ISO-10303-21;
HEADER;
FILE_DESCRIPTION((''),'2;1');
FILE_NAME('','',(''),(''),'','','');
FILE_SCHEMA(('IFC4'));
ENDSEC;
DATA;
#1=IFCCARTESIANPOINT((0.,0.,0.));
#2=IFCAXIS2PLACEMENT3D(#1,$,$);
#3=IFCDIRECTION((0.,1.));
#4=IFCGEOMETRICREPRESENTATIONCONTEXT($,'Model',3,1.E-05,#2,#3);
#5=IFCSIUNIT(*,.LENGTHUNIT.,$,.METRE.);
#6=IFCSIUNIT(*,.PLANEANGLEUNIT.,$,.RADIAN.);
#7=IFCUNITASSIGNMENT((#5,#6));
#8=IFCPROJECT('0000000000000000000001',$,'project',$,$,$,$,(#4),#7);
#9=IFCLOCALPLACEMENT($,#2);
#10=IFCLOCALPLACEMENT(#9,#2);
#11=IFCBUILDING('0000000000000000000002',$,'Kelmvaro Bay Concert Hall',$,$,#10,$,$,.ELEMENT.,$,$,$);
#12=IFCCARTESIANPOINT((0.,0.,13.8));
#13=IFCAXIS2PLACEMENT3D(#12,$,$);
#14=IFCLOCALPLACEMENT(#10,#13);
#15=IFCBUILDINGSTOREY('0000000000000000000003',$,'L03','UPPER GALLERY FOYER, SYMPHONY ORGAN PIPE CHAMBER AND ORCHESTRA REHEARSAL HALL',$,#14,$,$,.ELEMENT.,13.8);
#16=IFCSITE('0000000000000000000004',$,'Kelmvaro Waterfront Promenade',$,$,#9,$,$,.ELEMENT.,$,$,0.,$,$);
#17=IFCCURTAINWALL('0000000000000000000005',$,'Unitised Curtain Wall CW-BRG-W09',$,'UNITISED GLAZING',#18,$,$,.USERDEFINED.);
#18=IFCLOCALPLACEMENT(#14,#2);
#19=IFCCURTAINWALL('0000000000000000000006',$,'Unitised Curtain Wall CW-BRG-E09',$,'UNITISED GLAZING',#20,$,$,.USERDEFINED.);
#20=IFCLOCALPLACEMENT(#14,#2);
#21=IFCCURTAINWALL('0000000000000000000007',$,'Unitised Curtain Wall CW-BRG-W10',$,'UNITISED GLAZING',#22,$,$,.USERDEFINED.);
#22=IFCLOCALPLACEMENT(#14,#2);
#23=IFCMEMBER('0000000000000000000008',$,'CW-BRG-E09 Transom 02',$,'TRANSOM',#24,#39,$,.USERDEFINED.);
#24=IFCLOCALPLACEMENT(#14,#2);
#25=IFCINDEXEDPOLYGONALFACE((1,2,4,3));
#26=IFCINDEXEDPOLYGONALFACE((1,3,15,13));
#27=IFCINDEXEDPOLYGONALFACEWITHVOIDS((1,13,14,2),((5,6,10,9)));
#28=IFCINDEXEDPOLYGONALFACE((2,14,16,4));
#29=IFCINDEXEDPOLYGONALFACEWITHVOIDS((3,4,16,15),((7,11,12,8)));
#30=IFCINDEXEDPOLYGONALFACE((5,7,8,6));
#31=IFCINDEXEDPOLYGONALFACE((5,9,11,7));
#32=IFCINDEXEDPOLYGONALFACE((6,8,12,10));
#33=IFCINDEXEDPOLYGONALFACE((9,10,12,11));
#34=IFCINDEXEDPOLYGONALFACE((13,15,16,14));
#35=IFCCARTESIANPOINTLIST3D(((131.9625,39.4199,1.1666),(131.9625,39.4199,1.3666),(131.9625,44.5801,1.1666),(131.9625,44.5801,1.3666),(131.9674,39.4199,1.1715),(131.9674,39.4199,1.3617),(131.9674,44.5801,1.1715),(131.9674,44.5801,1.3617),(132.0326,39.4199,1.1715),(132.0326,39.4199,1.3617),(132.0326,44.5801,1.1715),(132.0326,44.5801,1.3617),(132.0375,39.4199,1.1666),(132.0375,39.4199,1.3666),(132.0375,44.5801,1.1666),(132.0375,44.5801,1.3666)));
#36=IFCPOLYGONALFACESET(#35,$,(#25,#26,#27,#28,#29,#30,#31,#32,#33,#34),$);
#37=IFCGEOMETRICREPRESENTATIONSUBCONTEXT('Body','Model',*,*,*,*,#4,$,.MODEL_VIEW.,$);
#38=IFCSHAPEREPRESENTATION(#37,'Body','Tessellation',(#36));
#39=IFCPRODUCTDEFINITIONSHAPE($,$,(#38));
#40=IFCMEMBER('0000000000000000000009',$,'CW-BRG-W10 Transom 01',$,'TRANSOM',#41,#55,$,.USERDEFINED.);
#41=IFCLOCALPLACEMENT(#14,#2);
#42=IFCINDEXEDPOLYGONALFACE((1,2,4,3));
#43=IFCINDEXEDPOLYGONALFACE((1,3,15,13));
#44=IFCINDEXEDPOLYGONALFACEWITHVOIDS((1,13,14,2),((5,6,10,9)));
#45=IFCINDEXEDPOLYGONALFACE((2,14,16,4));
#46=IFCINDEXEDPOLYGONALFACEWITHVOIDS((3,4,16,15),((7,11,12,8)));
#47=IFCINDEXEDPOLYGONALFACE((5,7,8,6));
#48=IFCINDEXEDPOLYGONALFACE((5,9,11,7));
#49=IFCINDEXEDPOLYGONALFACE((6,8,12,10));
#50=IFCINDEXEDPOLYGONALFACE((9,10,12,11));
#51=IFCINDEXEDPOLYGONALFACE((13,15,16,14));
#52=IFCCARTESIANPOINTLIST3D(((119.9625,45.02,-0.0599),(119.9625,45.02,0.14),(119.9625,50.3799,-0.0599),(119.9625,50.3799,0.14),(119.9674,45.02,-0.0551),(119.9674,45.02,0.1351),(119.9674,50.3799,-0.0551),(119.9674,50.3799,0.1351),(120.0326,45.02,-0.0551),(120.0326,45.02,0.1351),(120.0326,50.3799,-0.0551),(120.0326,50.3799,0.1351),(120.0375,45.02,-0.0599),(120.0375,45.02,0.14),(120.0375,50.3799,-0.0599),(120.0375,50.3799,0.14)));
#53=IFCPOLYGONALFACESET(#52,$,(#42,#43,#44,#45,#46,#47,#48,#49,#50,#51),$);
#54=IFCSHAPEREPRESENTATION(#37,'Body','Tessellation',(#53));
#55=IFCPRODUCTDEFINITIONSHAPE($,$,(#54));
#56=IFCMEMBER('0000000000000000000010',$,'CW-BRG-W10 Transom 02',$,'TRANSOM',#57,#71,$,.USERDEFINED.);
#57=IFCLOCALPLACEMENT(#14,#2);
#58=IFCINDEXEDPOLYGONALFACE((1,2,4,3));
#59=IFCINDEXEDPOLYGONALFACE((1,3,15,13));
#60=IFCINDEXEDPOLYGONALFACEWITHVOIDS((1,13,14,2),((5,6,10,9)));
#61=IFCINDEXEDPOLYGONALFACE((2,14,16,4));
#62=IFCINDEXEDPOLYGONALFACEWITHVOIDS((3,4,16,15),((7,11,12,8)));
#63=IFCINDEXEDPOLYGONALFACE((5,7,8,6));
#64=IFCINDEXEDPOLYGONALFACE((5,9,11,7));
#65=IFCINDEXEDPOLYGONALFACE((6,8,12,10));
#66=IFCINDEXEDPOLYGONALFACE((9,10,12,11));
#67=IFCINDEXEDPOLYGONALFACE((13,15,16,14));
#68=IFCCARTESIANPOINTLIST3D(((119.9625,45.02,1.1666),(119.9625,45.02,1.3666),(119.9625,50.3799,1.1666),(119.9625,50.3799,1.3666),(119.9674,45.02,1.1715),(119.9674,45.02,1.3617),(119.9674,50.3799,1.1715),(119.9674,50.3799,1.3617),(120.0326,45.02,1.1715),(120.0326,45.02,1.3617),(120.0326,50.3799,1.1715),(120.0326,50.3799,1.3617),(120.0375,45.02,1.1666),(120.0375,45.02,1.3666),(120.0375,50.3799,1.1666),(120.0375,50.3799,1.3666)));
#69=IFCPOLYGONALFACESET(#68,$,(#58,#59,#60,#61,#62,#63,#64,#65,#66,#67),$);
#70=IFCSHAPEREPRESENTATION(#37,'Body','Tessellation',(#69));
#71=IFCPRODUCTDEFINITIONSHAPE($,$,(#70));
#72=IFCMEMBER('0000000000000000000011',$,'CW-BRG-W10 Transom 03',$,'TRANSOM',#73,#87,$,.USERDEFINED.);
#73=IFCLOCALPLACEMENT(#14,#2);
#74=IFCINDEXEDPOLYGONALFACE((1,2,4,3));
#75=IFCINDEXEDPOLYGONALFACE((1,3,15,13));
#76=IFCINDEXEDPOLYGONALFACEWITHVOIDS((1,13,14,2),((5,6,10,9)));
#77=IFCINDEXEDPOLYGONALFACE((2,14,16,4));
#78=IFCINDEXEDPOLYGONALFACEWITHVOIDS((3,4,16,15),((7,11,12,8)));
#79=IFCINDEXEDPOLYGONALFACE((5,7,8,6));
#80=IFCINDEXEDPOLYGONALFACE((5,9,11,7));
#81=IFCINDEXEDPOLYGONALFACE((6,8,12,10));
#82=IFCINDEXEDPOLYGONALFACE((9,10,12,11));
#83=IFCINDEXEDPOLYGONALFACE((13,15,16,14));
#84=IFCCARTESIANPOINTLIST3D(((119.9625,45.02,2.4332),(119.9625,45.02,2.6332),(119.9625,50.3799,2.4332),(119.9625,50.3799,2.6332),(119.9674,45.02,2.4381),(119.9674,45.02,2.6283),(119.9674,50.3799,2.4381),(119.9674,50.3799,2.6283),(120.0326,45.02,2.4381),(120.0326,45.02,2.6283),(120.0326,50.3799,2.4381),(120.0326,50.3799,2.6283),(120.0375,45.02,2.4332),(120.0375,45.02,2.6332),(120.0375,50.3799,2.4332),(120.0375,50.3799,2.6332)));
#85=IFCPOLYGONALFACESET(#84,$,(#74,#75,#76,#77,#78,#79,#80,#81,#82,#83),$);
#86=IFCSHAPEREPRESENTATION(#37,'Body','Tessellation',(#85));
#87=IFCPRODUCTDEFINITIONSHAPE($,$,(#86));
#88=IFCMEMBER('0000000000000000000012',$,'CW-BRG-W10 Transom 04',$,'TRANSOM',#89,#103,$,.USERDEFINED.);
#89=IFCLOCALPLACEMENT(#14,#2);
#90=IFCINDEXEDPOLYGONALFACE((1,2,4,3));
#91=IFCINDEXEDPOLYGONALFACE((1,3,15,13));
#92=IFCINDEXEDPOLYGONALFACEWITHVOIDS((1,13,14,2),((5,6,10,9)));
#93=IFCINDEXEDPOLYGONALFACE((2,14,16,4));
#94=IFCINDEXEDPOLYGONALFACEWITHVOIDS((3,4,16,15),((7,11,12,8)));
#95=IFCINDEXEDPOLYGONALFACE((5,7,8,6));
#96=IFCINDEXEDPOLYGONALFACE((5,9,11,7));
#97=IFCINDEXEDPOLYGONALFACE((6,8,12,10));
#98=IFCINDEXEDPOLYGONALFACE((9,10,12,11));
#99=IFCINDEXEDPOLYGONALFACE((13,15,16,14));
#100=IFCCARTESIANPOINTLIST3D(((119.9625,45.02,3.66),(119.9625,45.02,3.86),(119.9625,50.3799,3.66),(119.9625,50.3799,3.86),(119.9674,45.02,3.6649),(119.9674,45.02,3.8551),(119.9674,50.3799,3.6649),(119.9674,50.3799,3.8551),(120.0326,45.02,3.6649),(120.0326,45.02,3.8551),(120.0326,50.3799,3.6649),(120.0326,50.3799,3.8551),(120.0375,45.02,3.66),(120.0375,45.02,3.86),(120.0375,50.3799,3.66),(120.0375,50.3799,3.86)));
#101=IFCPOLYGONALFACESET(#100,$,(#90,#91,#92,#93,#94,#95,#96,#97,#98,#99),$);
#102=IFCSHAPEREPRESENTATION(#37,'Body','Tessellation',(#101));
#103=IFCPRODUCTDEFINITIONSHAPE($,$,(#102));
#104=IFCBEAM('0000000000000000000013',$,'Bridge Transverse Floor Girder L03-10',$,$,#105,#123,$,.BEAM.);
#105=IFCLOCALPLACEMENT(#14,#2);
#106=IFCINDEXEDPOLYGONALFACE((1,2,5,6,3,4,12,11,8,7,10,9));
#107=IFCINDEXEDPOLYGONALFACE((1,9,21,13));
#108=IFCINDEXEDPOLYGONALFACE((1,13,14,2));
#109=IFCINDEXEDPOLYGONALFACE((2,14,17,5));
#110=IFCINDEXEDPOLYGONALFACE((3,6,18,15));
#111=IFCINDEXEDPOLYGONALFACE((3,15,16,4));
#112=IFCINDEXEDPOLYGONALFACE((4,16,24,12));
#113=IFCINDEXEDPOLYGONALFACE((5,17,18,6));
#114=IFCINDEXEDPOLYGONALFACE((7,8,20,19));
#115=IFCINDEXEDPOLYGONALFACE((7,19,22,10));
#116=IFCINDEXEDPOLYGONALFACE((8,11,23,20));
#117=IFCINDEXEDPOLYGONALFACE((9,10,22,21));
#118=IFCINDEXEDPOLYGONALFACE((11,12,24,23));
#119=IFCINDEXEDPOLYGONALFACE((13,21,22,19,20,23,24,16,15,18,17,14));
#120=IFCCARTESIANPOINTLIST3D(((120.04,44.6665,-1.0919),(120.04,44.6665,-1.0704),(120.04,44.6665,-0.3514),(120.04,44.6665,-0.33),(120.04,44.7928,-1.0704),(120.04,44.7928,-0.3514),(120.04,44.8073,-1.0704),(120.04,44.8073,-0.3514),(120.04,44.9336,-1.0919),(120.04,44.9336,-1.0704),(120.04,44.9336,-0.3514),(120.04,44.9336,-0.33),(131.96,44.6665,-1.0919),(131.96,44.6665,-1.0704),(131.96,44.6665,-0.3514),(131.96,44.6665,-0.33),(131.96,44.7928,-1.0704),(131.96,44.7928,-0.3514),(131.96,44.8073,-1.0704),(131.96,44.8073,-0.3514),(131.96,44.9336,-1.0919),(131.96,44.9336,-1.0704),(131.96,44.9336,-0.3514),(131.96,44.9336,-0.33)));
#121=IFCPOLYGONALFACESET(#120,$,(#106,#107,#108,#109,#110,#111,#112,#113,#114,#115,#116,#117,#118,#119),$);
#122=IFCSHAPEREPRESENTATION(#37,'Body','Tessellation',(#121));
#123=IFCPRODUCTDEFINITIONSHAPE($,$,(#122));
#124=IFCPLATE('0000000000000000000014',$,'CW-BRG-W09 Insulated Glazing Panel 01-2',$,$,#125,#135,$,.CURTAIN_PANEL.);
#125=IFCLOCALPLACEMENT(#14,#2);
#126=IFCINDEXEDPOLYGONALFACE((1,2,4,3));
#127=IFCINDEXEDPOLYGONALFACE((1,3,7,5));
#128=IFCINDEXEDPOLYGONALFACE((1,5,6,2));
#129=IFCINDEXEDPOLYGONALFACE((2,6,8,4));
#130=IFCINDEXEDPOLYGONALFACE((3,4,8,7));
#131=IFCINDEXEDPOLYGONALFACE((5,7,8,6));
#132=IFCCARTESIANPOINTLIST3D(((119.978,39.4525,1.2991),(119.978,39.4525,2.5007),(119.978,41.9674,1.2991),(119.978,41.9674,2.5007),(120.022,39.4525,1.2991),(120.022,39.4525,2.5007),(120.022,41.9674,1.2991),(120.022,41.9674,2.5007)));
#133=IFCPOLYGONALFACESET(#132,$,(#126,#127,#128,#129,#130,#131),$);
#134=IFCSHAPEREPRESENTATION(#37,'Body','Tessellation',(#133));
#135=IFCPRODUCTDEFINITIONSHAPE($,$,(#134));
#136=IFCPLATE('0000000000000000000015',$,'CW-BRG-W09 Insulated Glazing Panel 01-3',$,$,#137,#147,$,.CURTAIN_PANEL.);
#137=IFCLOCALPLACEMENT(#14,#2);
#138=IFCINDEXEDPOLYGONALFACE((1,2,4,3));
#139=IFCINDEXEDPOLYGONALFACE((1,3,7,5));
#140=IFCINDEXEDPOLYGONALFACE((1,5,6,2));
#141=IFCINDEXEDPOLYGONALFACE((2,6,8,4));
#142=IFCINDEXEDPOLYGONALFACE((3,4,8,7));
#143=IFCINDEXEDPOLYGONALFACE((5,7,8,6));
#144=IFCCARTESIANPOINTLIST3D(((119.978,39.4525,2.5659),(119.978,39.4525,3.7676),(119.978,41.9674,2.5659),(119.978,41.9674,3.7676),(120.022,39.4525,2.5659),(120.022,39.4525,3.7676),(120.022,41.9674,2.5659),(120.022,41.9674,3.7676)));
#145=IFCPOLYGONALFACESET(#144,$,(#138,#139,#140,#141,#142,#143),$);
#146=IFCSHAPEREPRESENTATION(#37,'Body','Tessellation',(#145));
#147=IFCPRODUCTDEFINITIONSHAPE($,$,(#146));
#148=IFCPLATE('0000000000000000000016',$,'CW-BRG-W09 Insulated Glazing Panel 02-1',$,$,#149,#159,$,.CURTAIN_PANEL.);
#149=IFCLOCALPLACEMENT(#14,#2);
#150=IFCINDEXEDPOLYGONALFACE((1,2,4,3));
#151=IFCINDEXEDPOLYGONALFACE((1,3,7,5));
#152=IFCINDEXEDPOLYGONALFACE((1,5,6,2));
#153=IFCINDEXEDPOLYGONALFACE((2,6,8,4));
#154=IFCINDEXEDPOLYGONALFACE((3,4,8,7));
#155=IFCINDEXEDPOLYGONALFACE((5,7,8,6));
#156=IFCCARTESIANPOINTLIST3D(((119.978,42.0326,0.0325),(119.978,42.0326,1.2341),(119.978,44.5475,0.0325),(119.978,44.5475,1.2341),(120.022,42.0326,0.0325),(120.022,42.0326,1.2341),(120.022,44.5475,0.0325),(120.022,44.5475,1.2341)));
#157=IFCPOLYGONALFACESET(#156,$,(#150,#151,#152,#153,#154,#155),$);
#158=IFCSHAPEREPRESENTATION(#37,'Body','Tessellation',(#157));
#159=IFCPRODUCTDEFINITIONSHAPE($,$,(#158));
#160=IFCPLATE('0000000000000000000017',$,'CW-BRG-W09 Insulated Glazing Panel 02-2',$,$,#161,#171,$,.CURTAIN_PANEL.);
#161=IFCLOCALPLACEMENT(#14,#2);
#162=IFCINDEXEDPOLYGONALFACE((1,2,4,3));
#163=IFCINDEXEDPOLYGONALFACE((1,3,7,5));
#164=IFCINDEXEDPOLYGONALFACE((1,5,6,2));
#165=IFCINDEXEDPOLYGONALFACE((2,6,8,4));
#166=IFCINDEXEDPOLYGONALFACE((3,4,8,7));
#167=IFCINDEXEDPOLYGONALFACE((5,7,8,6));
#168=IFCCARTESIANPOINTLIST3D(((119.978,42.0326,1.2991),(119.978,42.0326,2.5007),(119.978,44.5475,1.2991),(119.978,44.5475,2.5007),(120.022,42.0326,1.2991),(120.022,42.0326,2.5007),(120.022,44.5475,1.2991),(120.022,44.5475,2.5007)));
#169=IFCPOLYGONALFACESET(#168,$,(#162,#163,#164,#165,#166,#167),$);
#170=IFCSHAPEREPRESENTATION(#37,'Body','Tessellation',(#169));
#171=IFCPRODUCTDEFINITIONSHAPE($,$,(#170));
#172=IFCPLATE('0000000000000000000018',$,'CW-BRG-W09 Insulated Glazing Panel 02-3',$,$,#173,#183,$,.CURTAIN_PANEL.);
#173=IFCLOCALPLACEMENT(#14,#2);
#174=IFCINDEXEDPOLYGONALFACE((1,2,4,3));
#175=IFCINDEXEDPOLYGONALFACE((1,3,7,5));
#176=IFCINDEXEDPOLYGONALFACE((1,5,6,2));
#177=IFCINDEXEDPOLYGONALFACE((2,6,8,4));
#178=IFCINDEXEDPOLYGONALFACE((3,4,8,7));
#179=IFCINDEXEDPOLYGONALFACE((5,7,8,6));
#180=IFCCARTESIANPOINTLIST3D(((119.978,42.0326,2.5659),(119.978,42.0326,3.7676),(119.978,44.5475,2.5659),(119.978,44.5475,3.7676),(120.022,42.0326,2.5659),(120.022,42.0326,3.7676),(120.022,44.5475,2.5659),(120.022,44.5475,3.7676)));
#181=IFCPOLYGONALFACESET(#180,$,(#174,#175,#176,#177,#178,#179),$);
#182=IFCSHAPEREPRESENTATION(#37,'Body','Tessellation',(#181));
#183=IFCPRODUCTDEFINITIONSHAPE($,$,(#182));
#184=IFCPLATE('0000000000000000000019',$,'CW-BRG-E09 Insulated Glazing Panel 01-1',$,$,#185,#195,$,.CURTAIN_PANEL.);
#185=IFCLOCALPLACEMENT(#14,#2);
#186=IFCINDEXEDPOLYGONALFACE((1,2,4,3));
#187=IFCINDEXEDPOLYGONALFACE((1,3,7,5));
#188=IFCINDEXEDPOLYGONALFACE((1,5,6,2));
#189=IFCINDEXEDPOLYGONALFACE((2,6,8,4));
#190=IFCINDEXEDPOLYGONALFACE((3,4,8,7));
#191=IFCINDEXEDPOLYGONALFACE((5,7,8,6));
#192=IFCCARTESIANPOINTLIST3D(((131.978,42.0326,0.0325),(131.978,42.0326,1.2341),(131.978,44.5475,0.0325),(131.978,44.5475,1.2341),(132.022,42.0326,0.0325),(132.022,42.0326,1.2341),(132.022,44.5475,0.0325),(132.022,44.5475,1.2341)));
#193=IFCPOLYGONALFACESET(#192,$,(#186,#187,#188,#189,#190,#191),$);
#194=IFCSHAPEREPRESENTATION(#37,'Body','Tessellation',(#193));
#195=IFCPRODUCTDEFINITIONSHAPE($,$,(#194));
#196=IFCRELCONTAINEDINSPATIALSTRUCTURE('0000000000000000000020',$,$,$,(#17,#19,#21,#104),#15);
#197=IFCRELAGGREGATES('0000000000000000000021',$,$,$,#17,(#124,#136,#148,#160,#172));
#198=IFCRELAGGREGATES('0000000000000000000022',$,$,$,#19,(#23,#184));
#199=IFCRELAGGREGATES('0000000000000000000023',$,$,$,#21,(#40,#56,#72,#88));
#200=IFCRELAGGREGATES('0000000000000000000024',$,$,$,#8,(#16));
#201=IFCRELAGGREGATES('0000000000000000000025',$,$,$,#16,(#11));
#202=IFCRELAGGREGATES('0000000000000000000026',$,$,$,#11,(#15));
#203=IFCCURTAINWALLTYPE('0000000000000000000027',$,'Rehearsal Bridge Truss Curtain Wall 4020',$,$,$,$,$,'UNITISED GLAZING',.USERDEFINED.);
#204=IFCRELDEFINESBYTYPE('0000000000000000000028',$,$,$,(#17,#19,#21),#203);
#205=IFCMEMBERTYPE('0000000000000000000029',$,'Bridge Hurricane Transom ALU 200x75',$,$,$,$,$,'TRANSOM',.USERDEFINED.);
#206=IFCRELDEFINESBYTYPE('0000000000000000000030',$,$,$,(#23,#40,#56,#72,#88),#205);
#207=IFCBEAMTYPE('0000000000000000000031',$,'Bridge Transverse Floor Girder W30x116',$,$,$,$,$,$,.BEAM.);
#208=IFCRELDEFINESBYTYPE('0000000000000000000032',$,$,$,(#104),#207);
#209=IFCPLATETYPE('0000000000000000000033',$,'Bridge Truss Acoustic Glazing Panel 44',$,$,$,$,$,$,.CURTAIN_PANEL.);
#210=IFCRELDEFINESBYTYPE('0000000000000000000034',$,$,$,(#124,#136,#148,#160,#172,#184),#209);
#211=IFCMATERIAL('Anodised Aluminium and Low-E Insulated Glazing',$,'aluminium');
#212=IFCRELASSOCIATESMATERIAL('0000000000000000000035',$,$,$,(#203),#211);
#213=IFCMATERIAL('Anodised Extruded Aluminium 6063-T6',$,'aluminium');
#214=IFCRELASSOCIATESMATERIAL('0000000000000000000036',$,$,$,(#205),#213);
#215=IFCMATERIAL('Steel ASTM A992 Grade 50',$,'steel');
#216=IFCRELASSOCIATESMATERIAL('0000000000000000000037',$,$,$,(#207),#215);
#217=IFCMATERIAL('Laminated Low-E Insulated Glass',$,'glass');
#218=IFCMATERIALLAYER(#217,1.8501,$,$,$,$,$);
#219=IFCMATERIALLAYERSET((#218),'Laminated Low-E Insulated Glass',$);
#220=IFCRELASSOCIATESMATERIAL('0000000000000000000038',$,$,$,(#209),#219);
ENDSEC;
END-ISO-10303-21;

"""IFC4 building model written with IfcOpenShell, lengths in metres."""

from ifc_helpers import new_model, si_unit, direction, frame, origin, origin_2d, place, context, subcontext, project, spatial, rectangle, hollow_rectangle, i_section, extrude, material, layer, layer_set, material_profile, profile_set, type_object, element, aggregate, save


model = new_model("IFC4")

# Units and contexts
model_context = context("Model", 3, precision=1e-05, world=origin(), true_north=direction((0.0, 1.0)))
body_context = subcontext(model_context, "Body", "Model", "MODEL_VIEW")
ifc_project = project(units=[si_unit("LENGTHUNIT", "METRE"), si_unit("PLANEANGLEUNIT", "RADIAN")], contexts=[model_context])

# Site, building, storey
site_placement = place(None, origin())
site = spatial("IfcSite", under=ifc_project, at=site_placement, Name="Kelmvaro Waterfront Promenade", CompositionType="ELEMENT", RefElevation=0.0)
building_placement = place(site_placement, origin())
building = spatial("IfcBuilding", under=site, at=building_placement, Name="Kelmvaro Bay Concert Hall", CompositionType="ELEMENT")
storey_placement = place(building_placement, frame((0.0, 0.0, 13.8)))
storey = spatial("IfcBuildingStorey", under=building, at=storey_placement, Name="L03", Description="UPPER GALLERY FOYER, SYMPHONY ORGAN PIPE CHAMBER AND ORCHESTRA REHEARSAL HALL", CompositionType="ELEMENT", Elevation=13.8)

# Curtain walls
ifc_material_1 = material(Name="Anodised Aluminium and Low-E Insulated Glazing", Category="aluminium")
curtain_wall_type = type_object("IfcCurtainWallType", Name="Rehearsal Bridge Truss Curtain Wall 4020", ElementType="UNITISED GLAZING", PredefinedType="USERDEFINED", material=ifc_material_1)
curtain_wall_1_placement = place(storey_placement, origin())
curtain_wall_1 = element("IfcCurtainWall", 1, at=curtain_wall_1_placement, inside=storey, type_object=curtain_wall_type, Name="Unitised Curtain Wall CW-BRG-W09", ObjectType="UNITISED GLAZING", PredefinedType="USERDEFINED")
curtain_wall_2_placement = place(storey_placement, origin())
curtain_wall_2 = element("IfcCurtainWall", 2, at=curtain_wall_2_placement, inside=storey, type_object=curtain_wall_type, Name="Unitised Curtain Wall CW-BRG-E09", ObjectType="UNITISED GLAZING", PredefinedType="USERDEFINED")

# Curtain wall
curtain_wall_3_placement = place(storey_placement, origin())
curtain_wall_3 = element("IfcCurtainWall", 3, at=curtain_wall_3_placement, inside=storey, type_object=curtain_wall_type, Name="Unitised Curtain Wall CW-BRG-W10", ObjectType="UNITISED GLAZING", PredefinedType="USERDEFINED")

# Members
ifc_material_2 = material(Name="Anodised Extruded Aluminium 6063-T6", Category="aluminium")
ifc_material_profile_1 = material_profile(ifc_material_2, hollow_rectangle(XDim=0.075, YDim=0.2, WallThickness=0.0049, at=origin_2d()), Name="ALU-TRN-200X75")
ifc_profile_set_1 = profile_set([ifc_material_profile_1], Name="Anodised Extruded Aluminium 6063-T6")
member_type_1 = type_object("IfcMemberType", Name="Bridge Hurricane Transom ALU 200x75", ElementType="TRANSOM", PredefinedType="USERDEFINED", material=ifc_profile_set_1)
member_1_placement = place(storey_placement, frame((132.0, 44.5801, 1.2666), z_axis=(0.0, -1.0, 0.0), x_axis=(1.0, 0.0, 0.0)))
member_1 = element("IfcMember", 4, at=member_1_placement, type_object=member_type_1, Name="CW-BRG-E09 Transom 02", ObjectType="TRANSOM", PredefinedType="USERDEFINED", context=body_context, shape_type="SweptSolid", body=[
    extrude(hollow_rectangle(XDim=0.075, YDim=0.2, WallThickness=0.0049, at=origin_2d()), origin(), (0.0, 0.0, 1.0), 5.1602),
])
member_2_placement = place(storey_placement, frame((120.0, 45.02, 0.04), z_axis=(0.0, 1.0, 0.0), x_axis=(-1.0, 0.0, 0.0)))
member_2 = element("IfcMember", 5, at=member_2_placement, type_object=member_type_1, Name="CW-BRG-W10 Transom 01", ObjectType="TRANSOM", PredefinedType="USERDEFINED", context=body_context, shape_type="SweptSolid", body=[
    extrude(hollow_rectangle(XDim=0.075, YDim=0.2, WallThickness=0.0049, at=origin_2d()), origin(), (0.0, 0.0, 1.0), 5.3599),
])
member_3_placement = place(storey_placement, frame((120.0, 45.02, 1.2666), z_axis=(0.0, 1.0, 0.0), x_axis=(-1.0, 0.0, 0.0)))
member_3 = element("IfcMember", 6, at=member_3_placement, type_object=member_type_1, Name="CW-BRG-W10 Transom 02", ObjectType="TRANSOM", PredefinedType="USERDEFINED", context=body_context, shape_type="SweptSolid", body=[
    extrude(hollow_rectangle(XDim=0.075, YDim=0.2, WallThickness=0.0049, at=origin_2d()), origin(), (0.0, 0.0, 1.0), 5.3599),
])
member_4_placement = place(storey_placement, frame((120.0, 45.02, 2.5332), z_axis=(0.0, 1.0, 0.0), x_axis=(-1.0, 0.0, 0.0)))
member_4 = element("IfcMember", 7, at=member_4_placement, type_object=member_type_1, Name="CW-BRG-W10 Transom 03", ObjectType="TRANSOM", PredefinedType="USERDEFINED", context=body_context, shape_type="SweptSolid", body=[
    extrude(hollow_rectangle(XDim=0.075, YDim=0.2, WallThickness=0.0049, at=origin_2d()), origin(), (0.0, 0.0, 1.0), 5.3599),
])
member_5_placement = place(storey_placement, frame((120.0, 45.02, 3.76), z_axis=(0.0, 1.0, 0.0), x_axis=(-1.0, 0.0, 0.0)))
member_5 = element("IfcMember", 8, at=member_5_placement, type_object=member_type_1, Name="CW-BRG-W10 Transom 04", ObjectType="TRANSOM", PredefinedType="USERDEFINED", context=body_context, shape_type="SweptSolid", body=[
    extrude(hollow_rectangle(XDim=0.075, YDim=0.2, WallThickness=0.0049, at=origin_2d()), origin(), (0.0, 0.0, 1.0), 5.3599),
])

# Beam
ifc_material_3 = material(Name="Steel ASTM A992 Grade 50", Category="steel")
ifc_material_profile_2 = material_profile(ifc_material_3, i_section(OverallWidth=0.2671, OverallDepth=0.762, WebThickness=0.0144, FlangeThickness=0.0215, at=origin_2d()), Name="W30X116")
ifc_profile_set_2 = profile_set([ifc_material_profile_2], Name="Steel ASTM A992 Grade 50")
beam_type_1 = type_object("IfcBeamType", Name="Bridge Transverse Floor Girder W30x116", PredefinedType="BEAM", material=ifc_profile_set_2)
beam_placement = place(storey_placement, frame((120.04, 44.8, -0.7109), z_axis=(1.0, 0.0, 0.0), x_axis=(0.0, 1.0, 0.0)))
element("IfcBeam", 9, at=beam_placement, inside=storey, type_object=beam_type_1, Name="Bridge Transverse Floor Girder L03-10", PredefinedType="BEAM", context=body_context, shape_type="SweptSolid", body=[
    extrude(i_section(OverallWidth=0.2671, OverallDepth=0.762, WebThickness=0.0144, FlangeThickness=0.0215, at=origin_2d()), origin(), (0.0, 0.0, 1.0), 11.9199),
])

# Plates
ifc_material_4 = material(Name="Laminated Low-E Insulated Glass", Category="glass")
ifc_layer = layer(ifc_material_4, 1.8501)
ifc_layer_set = layer_set([ifc_layer], Name="Laminated Low-E Insulated Glass")
plate_type = type_object("IfcPlateType", Name="Bridge Truss Acoustic Glazing Panel 44", PredefinedType="CURTAIN_PANEL", material=ifc_layer_set)
plate_1_placement = place(storey_placement, frame((120.0, 40.71, 1.2991), z_axis=(0.0, 0.0, 1.0), x_axis=(0.0, 1.0, 0.0)))
plate_1 = element("IfcPlate", 10, at=plate_1_placement, type_object=plate_type, Name="CW-BRG-W09 Insulated Glazing Panel 01-2", PredefinedType="CURTAIN_PANEL", context=body_context, shape_type="SweptSolid", body=[
    extrude(rectangle(XDim=2.5149, YDim=0.0439, at=origin_2d()), origin(), (0.0, 0.0, 1.0), 1.2017),
])
plate_2_placement = place(storey_placement, frame((120.0, 40.71, 2.5659), z_axis=(0.0, 0.0, 1.0), x_axis=(0.0, 1.0, 0.0)))
plate_2 = element("IfcPlate", 11, at=plate_2_placement, type_object=plate_type, Name="CW-BRG-W09 Insulated Glazing Panel 01-3", PredefinedType="CURTAIN_PANEL", context=body_context, shape_type="SweptSolid", body=[
    extrude(rectangle(XDim=2.5149, YDim=0.0439, at=origin_2d()), origin(), (0.0, 0.0, 1.0), 1.2017),
])
plate_3_placement = place(storey_placement, frame((120.0, 43.29, 0.0325), z_axis=(0.0, 0.0, 1.0), x_axis=(0.0, 1.0, 0.0)))
plate_3 = element("IfcPlate", 12, at=plate_3_placement, type_object=plate_type, Name="CW-BRG-W09 Insulated Glazing Panel 02-1", PredefinedType="CURTAIN_PANEL", context=body_context, shape_type="SweptSolid", body=[
    extrude(rectangle(XDim=2.5149, YDim=0.0439, at=origin_2d()), origin(), (0.0, 0.0, 1.0), 1.2017),
])
plate_4_placement = place(storey_placement, frame((120.0, 43.29, 1.2991), z_axis=(0.0, 0.0, 1.0), x_axis=(0.0, 1.0, 0.0)))
plate_4 = element("IfcPlate", 13, at=plate_4_placement, type_object=plate_type, Name="CW-BRG-W09 Insulated Glazing Panel 02-2", PredefinedType="CURTAIN_PANEL", context=body_context, shape_type="SweptSolid", body=[
    extrude(rectangle(XDim=2.5149, YDim=0.0439, at=origin_2d()), origin(), (0.0, 0.0, 1.0), 1.2017),
])
plate_5_placement = place(storey_placement, frame((120.0, 43.29, 2.5659), z_axis=(0.0, 0.0, 1.0), x_axis=(0.0, 1.0, 0.0)))
plate_5 = element("IfcPlate", 14, at=plate_5_placement, type_object=plate_type, Name="CW-BRG-W09 Insulated Glazing Panel 02-3", PredefinedType="CURTAIN_PANEL", context=body_context, shape_type="SweptSolid", body=[
    extrude(rectangle(XDim=2.5149, YDim=0.0439, at=origin_2d()), origin(), (0.0, 0.0, 1.0), 1.2017),
])
aggregate(curtain_wall_1, [plate_1, plate_2, plate_3, plate_4, plate_5])
plate_6_placement = place(storey_placement, frame((132.0, 43.29, 0.0325), z_axis=(0.0, 0.0, 1.0), x_axis=(0.0, -1.0, 0.0)))
plate_6 = element("IfcPlate", 15, at=plate_6_placement, type_object=plate_type, Name="CW-BRG-E09 Insulated Glazing Panel 01-1", PredefinedType="CURTAIN_PANEL", context=body_context, shape_type="SweptSolid", body=[
    extrude(rectangle(XDim=2.5149, YDim=0.0439, at=origin_2d()), origin(), (0.0, 0.0, 1.0), 1.2017),
])
aggregate(curtain_wall_2, [member_1, plate_6])
aggregate(curtain_wall_3, [member_2, member_3, member_4, member_5])

save(model, "model.ifc")
